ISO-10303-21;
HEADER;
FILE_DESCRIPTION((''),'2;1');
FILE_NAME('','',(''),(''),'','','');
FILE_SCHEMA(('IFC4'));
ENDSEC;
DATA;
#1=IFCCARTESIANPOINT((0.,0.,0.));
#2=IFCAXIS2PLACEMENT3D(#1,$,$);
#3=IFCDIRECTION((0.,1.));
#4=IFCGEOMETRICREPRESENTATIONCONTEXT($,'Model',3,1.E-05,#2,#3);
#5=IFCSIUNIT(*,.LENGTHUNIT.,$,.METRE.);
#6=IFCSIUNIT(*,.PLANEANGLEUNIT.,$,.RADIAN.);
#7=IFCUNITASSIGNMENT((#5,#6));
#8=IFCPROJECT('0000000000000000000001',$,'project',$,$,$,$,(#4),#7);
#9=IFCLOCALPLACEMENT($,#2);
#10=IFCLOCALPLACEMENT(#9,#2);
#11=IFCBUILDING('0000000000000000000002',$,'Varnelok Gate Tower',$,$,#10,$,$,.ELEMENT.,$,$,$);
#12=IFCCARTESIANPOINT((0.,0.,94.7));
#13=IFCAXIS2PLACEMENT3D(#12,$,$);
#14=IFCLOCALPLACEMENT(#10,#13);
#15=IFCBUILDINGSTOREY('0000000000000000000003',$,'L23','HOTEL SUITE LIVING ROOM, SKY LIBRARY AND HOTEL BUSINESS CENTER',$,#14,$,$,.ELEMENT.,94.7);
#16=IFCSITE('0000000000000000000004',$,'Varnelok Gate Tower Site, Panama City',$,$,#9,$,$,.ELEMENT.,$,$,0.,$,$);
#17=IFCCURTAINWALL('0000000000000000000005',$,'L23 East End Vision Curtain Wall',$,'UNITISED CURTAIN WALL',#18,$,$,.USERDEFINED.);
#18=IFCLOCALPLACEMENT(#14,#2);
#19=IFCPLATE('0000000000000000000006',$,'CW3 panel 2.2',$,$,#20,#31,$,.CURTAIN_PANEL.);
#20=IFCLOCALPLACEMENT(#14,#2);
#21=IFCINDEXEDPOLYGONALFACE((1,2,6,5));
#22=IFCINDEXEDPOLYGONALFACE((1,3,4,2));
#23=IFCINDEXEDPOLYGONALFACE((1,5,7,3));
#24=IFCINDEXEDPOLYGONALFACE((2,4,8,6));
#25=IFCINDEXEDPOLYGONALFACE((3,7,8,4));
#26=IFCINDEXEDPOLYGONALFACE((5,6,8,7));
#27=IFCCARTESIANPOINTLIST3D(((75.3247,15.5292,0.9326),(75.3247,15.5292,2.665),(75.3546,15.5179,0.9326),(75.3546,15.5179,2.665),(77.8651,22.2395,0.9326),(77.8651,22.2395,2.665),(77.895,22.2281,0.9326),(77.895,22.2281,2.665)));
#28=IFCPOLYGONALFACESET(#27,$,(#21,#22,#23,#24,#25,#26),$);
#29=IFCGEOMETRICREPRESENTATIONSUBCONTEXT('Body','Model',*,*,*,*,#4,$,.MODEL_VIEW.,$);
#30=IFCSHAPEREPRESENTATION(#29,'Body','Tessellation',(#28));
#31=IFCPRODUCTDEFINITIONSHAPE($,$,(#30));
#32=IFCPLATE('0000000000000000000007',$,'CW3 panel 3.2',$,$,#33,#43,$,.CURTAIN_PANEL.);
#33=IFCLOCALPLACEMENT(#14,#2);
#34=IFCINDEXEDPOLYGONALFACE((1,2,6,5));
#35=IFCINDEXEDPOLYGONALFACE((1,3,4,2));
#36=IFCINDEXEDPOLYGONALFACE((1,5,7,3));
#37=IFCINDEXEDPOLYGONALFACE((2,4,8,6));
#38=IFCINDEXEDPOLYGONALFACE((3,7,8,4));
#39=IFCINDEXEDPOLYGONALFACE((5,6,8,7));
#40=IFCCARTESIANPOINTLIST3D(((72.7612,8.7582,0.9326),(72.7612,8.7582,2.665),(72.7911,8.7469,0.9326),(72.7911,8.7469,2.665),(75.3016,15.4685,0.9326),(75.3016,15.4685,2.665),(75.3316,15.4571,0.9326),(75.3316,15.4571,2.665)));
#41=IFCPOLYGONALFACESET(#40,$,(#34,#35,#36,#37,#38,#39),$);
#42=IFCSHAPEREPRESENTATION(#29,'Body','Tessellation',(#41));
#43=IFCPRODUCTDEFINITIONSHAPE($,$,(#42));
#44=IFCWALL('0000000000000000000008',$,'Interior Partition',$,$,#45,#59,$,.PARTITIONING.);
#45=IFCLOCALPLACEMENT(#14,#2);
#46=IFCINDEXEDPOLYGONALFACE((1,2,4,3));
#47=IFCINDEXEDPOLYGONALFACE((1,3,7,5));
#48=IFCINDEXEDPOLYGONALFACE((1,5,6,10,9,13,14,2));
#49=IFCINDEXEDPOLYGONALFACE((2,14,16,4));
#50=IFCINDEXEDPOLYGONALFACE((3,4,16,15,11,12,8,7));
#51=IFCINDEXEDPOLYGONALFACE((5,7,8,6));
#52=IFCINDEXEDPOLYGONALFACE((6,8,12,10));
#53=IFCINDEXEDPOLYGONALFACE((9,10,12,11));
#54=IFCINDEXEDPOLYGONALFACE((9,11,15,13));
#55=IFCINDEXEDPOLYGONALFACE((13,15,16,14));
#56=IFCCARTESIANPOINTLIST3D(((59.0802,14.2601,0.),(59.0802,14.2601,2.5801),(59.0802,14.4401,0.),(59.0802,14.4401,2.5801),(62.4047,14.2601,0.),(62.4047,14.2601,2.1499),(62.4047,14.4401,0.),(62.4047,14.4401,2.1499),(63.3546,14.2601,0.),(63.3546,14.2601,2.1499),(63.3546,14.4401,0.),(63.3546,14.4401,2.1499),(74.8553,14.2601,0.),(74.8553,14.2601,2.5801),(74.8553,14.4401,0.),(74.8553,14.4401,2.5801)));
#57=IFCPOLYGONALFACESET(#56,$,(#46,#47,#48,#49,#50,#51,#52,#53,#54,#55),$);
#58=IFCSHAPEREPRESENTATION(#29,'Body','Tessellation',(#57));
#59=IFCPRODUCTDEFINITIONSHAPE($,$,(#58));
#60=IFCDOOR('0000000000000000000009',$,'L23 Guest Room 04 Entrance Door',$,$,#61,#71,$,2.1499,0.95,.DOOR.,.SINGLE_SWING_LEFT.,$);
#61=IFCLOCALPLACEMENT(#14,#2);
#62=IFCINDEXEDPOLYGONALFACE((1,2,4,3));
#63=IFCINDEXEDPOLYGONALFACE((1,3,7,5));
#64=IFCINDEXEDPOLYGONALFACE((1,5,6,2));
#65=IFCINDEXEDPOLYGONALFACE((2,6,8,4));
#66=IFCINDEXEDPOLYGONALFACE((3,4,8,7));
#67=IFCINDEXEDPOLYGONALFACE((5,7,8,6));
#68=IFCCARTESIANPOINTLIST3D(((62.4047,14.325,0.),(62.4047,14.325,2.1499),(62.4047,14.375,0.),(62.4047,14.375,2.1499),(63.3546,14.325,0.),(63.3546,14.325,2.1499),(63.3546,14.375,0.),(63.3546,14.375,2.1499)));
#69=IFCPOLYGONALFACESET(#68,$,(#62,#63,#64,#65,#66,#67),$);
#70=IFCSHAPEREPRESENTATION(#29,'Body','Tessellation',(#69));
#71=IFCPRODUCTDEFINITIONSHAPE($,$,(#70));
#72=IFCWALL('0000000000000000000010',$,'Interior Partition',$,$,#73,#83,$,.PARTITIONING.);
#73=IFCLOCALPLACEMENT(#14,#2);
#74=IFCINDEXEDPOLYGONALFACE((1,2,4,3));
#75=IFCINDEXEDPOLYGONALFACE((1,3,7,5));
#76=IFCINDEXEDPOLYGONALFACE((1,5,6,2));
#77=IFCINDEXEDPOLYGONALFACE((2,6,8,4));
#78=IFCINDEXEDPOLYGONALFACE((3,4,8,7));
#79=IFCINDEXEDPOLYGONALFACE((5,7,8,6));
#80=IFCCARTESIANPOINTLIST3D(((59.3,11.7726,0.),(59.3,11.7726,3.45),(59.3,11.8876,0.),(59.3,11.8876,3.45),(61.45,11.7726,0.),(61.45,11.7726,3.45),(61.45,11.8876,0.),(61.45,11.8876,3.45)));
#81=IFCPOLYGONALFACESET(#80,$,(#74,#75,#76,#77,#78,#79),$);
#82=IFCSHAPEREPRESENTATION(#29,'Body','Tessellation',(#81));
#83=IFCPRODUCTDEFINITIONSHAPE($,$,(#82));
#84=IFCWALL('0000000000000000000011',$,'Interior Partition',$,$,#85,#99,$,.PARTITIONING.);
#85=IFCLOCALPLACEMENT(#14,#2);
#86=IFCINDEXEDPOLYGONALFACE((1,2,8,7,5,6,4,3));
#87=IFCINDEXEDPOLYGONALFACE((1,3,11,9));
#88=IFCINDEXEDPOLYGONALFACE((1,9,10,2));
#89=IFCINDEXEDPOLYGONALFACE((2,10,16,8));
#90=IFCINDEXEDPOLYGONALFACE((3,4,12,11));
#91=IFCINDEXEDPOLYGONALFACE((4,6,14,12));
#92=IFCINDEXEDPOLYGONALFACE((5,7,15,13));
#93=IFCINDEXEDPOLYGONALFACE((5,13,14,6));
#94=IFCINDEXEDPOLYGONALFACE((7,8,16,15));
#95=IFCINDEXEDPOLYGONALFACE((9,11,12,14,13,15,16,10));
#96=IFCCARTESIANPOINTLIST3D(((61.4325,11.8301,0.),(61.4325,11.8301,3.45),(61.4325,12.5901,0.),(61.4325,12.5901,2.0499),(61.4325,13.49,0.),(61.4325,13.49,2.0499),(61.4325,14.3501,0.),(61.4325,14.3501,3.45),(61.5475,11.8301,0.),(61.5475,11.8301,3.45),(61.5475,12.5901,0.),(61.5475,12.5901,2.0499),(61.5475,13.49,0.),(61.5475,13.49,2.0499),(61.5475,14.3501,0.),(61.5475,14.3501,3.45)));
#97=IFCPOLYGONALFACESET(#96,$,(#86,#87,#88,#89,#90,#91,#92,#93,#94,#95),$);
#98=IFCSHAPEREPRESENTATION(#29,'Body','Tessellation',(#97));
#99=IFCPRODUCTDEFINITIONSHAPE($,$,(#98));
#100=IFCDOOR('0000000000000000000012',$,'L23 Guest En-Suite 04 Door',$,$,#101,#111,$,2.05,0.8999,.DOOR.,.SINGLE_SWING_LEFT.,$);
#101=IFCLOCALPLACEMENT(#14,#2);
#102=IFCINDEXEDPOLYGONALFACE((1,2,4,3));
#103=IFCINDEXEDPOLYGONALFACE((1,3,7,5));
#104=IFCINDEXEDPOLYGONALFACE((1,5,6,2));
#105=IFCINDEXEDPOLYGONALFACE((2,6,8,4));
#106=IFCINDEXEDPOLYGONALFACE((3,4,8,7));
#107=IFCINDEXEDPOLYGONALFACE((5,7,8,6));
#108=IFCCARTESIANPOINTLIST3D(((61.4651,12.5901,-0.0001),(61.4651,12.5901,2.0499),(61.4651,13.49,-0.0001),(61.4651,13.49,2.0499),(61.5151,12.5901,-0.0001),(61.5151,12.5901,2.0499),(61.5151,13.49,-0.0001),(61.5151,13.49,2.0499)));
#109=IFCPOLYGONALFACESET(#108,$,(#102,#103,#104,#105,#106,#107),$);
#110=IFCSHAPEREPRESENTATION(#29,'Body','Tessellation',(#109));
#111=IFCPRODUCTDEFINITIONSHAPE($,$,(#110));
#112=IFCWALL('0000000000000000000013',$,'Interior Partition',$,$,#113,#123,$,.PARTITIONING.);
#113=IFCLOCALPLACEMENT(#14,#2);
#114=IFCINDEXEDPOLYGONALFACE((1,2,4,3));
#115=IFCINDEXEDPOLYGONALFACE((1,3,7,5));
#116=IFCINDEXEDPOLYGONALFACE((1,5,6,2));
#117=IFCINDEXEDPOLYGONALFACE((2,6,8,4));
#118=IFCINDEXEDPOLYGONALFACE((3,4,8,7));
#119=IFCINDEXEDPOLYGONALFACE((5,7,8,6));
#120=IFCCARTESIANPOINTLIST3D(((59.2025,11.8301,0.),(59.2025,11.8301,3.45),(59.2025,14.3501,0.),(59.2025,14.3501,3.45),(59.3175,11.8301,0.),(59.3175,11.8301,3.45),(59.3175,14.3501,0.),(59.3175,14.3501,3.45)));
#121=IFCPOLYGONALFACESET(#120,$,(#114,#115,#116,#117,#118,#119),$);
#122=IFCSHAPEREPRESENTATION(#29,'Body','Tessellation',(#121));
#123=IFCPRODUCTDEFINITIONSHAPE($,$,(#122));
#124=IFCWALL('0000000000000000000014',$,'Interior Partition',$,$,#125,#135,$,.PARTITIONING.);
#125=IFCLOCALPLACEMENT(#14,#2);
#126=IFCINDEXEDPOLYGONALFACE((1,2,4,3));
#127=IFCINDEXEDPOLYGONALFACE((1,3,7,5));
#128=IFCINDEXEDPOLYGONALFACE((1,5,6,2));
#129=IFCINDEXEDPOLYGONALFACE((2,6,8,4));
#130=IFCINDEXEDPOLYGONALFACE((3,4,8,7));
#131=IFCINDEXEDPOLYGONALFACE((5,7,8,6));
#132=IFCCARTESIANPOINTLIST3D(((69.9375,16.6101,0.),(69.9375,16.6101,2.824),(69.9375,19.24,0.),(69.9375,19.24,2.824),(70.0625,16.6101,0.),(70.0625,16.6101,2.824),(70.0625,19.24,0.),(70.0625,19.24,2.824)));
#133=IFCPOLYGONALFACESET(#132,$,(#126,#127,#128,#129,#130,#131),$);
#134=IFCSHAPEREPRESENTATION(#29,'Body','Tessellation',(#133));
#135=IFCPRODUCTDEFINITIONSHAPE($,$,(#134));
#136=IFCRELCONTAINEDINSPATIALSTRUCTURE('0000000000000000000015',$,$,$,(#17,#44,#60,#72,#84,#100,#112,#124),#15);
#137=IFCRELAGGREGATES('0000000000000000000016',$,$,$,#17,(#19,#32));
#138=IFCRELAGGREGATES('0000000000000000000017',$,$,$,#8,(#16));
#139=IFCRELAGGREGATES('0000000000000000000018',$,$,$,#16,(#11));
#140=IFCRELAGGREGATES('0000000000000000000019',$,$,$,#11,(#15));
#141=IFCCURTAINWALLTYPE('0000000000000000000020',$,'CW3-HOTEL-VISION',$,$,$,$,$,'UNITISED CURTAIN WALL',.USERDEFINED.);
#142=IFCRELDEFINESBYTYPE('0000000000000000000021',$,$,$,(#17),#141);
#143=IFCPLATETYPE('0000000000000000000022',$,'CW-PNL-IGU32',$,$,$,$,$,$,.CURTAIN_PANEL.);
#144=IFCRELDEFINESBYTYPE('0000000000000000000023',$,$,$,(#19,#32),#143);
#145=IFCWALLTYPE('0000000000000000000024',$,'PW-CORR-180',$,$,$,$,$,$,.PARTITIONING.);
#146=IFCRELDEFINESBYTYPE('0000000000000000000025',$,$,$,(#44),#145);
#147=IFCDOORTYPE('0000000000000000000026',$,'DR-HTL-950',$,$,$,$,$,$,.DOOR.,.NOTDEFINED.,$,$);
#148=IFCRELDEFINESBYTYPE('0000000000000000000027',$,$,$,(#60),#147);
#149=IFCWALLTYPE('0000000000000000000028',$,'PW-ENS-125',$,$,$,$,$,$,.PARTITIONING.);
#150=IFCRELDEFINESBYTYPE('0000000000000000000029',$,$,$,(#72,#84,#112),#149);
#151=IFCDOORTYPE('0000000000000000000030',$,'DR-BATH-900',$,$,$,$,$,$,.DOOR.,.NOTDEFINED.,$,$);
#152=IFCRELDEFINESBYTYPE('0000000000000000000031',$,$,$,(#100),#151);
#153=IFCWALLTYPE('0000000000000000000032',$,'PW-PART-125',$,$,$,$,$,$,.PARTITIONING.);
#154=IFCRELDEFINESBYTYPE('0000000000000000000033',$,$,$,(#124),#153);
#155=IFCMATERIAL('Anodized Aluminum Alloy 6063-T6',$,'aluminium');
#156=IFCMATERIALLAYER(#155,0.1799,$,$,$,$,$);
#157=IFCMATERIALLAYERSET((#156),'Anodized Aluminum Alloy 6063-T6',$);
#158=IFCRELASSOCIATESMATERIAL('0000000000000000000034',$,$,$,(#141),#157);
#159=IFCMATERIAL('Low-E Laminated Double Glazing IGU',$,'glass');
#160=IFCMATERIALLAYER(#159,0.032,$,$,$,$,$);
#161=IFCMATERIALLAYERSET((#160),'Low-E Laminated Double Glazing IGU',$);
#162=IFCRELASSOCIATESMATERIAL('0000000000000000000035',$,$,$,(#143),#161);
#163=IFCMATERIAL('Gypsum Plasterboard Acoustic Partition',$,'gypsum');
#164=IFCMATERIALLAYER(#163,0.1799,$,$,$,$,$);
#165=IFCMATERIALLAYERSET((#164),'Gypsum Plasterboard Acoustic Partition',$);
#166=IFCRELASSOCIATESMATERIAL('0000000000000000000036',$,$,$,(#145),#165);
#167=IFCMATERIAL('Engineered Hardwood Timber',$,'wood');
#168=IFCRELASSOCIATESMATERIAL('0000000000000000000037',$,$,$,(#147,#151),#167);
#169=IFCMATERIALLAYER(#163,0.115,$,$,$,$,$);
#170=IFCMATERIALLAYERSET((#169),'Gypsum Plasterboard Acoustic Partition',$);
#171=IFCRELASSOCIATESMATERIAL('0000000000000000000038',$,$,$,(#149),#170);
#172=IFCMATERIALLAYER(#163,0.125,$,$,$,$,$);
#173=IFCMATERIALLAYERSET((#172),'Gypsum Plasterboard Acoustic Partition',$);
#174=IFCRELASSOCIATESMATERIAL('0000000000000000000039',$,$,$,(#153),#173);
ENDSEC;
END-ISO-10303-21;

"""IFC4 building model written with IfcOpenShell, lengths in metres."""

from ifc_helpers import new_model, si_unit, direction, frame, frame_2d, origin, origin_2d, place, context, subcontext, project, spatial, rectangle, extrude, source, transform, mapped, material, layer, layer_set, type_object, element, fill, aggregate, save


model = new_model("IFC4")

# Units and contexts
model_context = context("Model", 3, precision=1e-05, world=origin(), true_north=direction((0.0, 1.0)))
body_context = subcontext(model_context, "Body", "Model", "MODEL_VIEW")
ifc_project = project(units=[si_unit("LENGTHUNIT", "METRE"), si_unit("PLANEANGLEUNIT", "RADIAN")], contexts=[model_context])

# Site, building, storey
site_placement = place(None, origin())
site = spatial("IfcSite", under=ifc_project, at=site_placement, Name="Varnelok Gate Tower Site, Panama City", CompositionType="ELEMENT", RefElevation=0.0)
building_placement = place(site_placement, origin())
building = spatial("IfcBuilding", under=site, at=building_placement, Name="Varnelok Gate Tower", CompositionType="ELEMENT")
storey_placement = place(building_placement, frame((0.0, 0.0, 94.7)))
storey = spatial("IfcBuildingStorey", under=building, at=storey_placement, Name="L23", Description="HOTEL SUITE LIVING ROOM, SKY LIBRARY AND HOTEL BUSINESS CENTER", CompositionType="ELEMENT", Elevation=94.7)

# Curtain wall, plates
ifc_material_1 = material(Name="Anodized Aluminum Alloy 6063-T6", Category="aluminium")
ifc_layer_1 = layer(ifc_material_1, 0.1799)
ifc_layer_set_1 = layer_set([ifc_layer_1], Name="Anodized Aluminum Alloy 6063-T6")
curtain_wall_type = type_object("IfcCurtainWallType", Name="CW3-HOTEL-VISION", ElementType="UNITISED CURTAIN WALL", PredefinedType="USERDEFINED", material=ifc_layer_set_1)
curtain_wall_placement = place(storey_placement, origin())
curtain_wall = element("IfcCurtainWall", 1, at=curtain_wall_placement, inside=storey, type_object=curtain_wall_type, Name="L23 East End Vision Curtain Wall", ObjectType="UNITISED CURTAIN WALL", PredefinedType="USERDEFINED")
ifc_material_2 = material(Name="Low-E Laminated Double Glazing IGU", Category="glass")
ifc_layer_2 = layer(ifc_material_2, 0.032)
ifc_layer_set_2 = layer_set([ifc_layer_2], Name="Low-E Laminated Double Glazing IGU")
plate_type = type_object("IfcPlateType", Name="CW-PNL-IGU32", PredefinedType="CURTAIN_PANEL", material=ifc_layer_set_2)
shared_shape_1 = source(origin(), body_context, "Body", "SweptSolid", [
    extrude(rectangle(XDim=7.175, YDim=0.032, at=origin_2d()), origin(), (0.0, 0.0, 1.0), 1.7324),
])
plate_1_placement = place(storey_placement, frame((76.6099, 18.8787, 0.9326), z_axis=(0.0, 0.0, 1.0), x_axis=(-0.354064, -0.935221, 0.0)))
plate_1 = element("IfcPlate", 2, at=plate_1_placement, type_object=plate_type, Name="CW3 panel 2.2", PredefinedType="CURTAIN_PANEL", context=body_context, shape_type="MappedRepresentation", body=[
    mapped(shared_shape_1, transform((0.0, 0.0, 0.0), scale=1.0)),
])
plate_2_placement = place(storey_placement, frame((74.0464, 12.1077, 0.9326), z_axis=(0.0, 0.0, 1.0), x_axis=(-0.354064, -0.935221, 0.0)))
plate_2 = element("IfcPlate", 3, at=plate_2_placement, type_object=plate_type, Name="CW3 panel 3.2", PredefinedType="CURTAIN_PANEL", context=body_context, shape_type="MappedRepresentation", body=[
    mapped(shared_shape_1, transform((0.0, 0.0, 0.0), scale=1.0)),
])
aggregate(curtain_wall, [plate_1, plate_2])

# Wall, opening, door
ifc_material_3 = material(Name="Gypsum Plasterboard Acoustic Partition", Category="gypsum")
ifc_layer_3 = layer(ifc_material_3, 0.1799)
ifc_layer_set_3 = layer_set([ifc_layer_3], Name="Gypsum Plasterboard Acoustic Partition")
wall_type_1 = type_object("IfcWallType", Name="PW-CORR-180", PredefinedType="PARTITIONING", material=ifc_layer_set_3)
wall_1_placement = place(storey_placement, frame((59.0801, 14.3501, 0.0), z_axis=(0.0, 0.0, 1.0), x_axis=(1.0, 0.0, 0.0)))
wall_1 = element("IfcWall", 4, at=wall_1_placement, inside=storey, type_object=wall_type_1, Name="Interior Partition", PredefinedType="PARTITIONING", context=body_context, shape_type="SweptSolid", body=[
    extrude(rectangle(XDim=15.7751, YDim=0.1799, at=frame_2d((7.8877, 0.0))), origin(), (0.0, 0.0, 1.0), 2.5801),
])
opening_1_placement = place(wall_1_placement, frame((3.3245, 0.0, 0.0)))
opening_1 = element("IfcOpeningElement", 5, at=opening_1_placement, cuts=wall_1, PredefinedType="OPENING", context=body_context, shape_type="SweptSolid", body=[
    extrude(rectangle(XDim=0.95, YDim=2.1499, at=frame_2d((0.4751, 1.075))), frame((0.0, 0.0999, 0.0), z_axis=(0.0, -1.0, 0.0), x_axis=(1.0, 0.0, 0.0)), (0.0, 0.0, 1.0), 0.2),
])
ifc_material_4 = material(Name="Engineered Hardwood Timber", Category="wood")
door_type_1 = type_object("IfcDoorType", Name="DR-HTL-950", OperationType="NOTDEFINED", PredefinedType="DOOR", material=ifc_material_4)
door_1_placement = place(opening_1_placement, origin())
door_1 = element("IfcDoor", 6, at=door_1_placement, inside=storey, type_object=door_type_1, Name="L23 Guest Room 04 Entrance Door", OperationType="SINGLE_SWING_LEFT", OverallHeight=2.1499, OverallWidth=0.95, PredefinedType="DOOR", context=body_context, shape_type="SweptSolid", body=[
    extrude(rectangle(XDim=0.95, YDim=2.1499, at=frame_2d((0.4751, 1.075))), frame((0.0, 0.0249, 0.0), z_axis=(0.0, -1.0, 0.0), x_axis=(1.0, 0.0, 0.0)), (0.0, 0.0, 1.0), 0.05),
])
fill(opening_1, door_1)

# Wall
ifc_layer_4 = layer(ifc_material_3, 0.115)
ifc_layer_set_4 = layer_set([ifc_layer_4], Name="Gypsum Plasterboard Acoustic Partition")
wall_type_2 = type_object("IfcWallType", Name="PW-ENS-125", PredefinedType="PARTITIONING", material=ifc_layer_set_4)
wall_2_placement = place(storey_placement, frame((59.3, 11.8301, 0.0), z_axis=(0.0, 0.0, 1.0), x_axis=(1.0, 0.0, 0.0)))
element("IfcWall", 7, at=wall_2_placement, inside=storey, type_object=wall_type_2, Name="Interior Partition", PredefinedType="PARTITIONING", context=body_context, shape_type="SweptSolid", body=[
    extrude(rectangle(XDim=2.1499, YDim=0.115, at=frame_2d((1.075, 0.0))), origin(), (0.0, 0.0, 1.0), 3.45),
])

# Wall, opening, door
wall_3_placement = place(storey_placement, frame((61.49, 11.8301, 0.0), z_axis=(0.0, 0.0, 1.0), x_axis=(0.0, 1.0, 0.0)))
wall_3 = element("IfcWall", 8, at=wall_3_placement, inside=storey, type_object=wall_type_2, Name="Interior Partition", PredefinedType="PARTITIONING", context=body_context, shape_type="SweptSolid", body=[
    extrude(rectangle(XDim=2.52, YDim=0.115, at=frame_2d((1.26, 0.0))), origin(), (0.0, 0.0, 1.0), 3.45),
])
opening_2_placement = place(wall_3_placement, frame((0.76, 0.0, 0.0)))
opening_2 = element("IfcOpeningElement", 9, at=opening_2_placement, cuts=wall_3, PredefinedType="OPENING", context=body_context, shape_type="SweptSolid", body=[
    extrude(rectangle(XDim=0.8999, YDim=2.05, at=frame_2d((0.45, 1.0249))), frame((0.0, 0.0674, 0.0), z_axis=(0.0, -1.0, 0.0), x_axis=(1.0, 0.0, 0.0)), (0.0, 0.0, 1.0), 0.135),
])
door_type_2 = type_object("IfcDoorType", Name="DR-BATH-900", OperationType="NOTDEFINED", PredefinedType="DOOR", material=ifc_material_4)
door_2_placement = place(opening_2_placement, origin())
door_2 = element("IfcDoor", 10, at=door_2_placement, inside=storey, type_object=door_type_2, Name="L23 Guest En-Suite 04 Door", OperationType="SINGLE_SWING_LEFT", OverallHeight=2.05, OverallWidth=0.8999, PredefinedType="DOOR", context=body_context, shape_type="SweptSolid", body=[
    extrude(rectangle(XDim=0.8999, YDim=2.05, at=frame_2d((0.45, 1.0249))), frame((0.0, 0.0249, 0.0), z_axis=(0.0, -1.0, 0.0), x_axis=(1.0, 0.0, 0.0)), (0.0, 0.0, 1.0), 0.05),
])
fill(opening_2, door_2)

# Walls
wall_4_placement = place(storey_placement, frame((59.26, 11.8301, 0.0), z_axis=(0.0, 0.0, 1.0), x_axis=(0.0, 1.0, 0.0)))
element("IfcWall", 11, at=wall_4_placement, inside=storey, type_object=wall_type_2, Name="Interior Partition", PredefinedType="PARTITIONING", context=body_context, shape_type="SweptSolid", body=[
    extrude(rectangle(XDim=2.52, YDim=0.115, at=frame_2d((1.26, 0.0))), origin(), (0.0, 0.0, 1.0), 3.45),
])
ifc_layer_5 = layer(ifc_material_3, 0.125)
ifc_layer_set_5 = layer_set([ifc_layer_5], Name="Gypsum Plasterboard Acoustic Partition")
wall_type_3 = type_object("IfcWallType", Name="PW-PART-125", PredefinedType="PARTITIONING", material=ifc_layer_set_5)
wall_5_placement = place(storey_placement, frame((70.0, 16.6101, 0.0), z_axis=(0.0, 0.0, 1.0), x_axis=(0.0, 1.0, 0.0)))
element("IfcWall", 12, at=wall_5_placement, inside=storey, type_object=wall_type_3, Name="Interior Partition", PredefinedType="PARTITIONING", context=body_context, shape_type="SweptSolid", body=[
    extrude(rectangle(XDim=2.6299, YDim=0.125, at=frame_2d((1.3149, 0.0))), origin(), (0.0, 0.0, 1.0), 2.824),
])

save(model, "model.ifc")
